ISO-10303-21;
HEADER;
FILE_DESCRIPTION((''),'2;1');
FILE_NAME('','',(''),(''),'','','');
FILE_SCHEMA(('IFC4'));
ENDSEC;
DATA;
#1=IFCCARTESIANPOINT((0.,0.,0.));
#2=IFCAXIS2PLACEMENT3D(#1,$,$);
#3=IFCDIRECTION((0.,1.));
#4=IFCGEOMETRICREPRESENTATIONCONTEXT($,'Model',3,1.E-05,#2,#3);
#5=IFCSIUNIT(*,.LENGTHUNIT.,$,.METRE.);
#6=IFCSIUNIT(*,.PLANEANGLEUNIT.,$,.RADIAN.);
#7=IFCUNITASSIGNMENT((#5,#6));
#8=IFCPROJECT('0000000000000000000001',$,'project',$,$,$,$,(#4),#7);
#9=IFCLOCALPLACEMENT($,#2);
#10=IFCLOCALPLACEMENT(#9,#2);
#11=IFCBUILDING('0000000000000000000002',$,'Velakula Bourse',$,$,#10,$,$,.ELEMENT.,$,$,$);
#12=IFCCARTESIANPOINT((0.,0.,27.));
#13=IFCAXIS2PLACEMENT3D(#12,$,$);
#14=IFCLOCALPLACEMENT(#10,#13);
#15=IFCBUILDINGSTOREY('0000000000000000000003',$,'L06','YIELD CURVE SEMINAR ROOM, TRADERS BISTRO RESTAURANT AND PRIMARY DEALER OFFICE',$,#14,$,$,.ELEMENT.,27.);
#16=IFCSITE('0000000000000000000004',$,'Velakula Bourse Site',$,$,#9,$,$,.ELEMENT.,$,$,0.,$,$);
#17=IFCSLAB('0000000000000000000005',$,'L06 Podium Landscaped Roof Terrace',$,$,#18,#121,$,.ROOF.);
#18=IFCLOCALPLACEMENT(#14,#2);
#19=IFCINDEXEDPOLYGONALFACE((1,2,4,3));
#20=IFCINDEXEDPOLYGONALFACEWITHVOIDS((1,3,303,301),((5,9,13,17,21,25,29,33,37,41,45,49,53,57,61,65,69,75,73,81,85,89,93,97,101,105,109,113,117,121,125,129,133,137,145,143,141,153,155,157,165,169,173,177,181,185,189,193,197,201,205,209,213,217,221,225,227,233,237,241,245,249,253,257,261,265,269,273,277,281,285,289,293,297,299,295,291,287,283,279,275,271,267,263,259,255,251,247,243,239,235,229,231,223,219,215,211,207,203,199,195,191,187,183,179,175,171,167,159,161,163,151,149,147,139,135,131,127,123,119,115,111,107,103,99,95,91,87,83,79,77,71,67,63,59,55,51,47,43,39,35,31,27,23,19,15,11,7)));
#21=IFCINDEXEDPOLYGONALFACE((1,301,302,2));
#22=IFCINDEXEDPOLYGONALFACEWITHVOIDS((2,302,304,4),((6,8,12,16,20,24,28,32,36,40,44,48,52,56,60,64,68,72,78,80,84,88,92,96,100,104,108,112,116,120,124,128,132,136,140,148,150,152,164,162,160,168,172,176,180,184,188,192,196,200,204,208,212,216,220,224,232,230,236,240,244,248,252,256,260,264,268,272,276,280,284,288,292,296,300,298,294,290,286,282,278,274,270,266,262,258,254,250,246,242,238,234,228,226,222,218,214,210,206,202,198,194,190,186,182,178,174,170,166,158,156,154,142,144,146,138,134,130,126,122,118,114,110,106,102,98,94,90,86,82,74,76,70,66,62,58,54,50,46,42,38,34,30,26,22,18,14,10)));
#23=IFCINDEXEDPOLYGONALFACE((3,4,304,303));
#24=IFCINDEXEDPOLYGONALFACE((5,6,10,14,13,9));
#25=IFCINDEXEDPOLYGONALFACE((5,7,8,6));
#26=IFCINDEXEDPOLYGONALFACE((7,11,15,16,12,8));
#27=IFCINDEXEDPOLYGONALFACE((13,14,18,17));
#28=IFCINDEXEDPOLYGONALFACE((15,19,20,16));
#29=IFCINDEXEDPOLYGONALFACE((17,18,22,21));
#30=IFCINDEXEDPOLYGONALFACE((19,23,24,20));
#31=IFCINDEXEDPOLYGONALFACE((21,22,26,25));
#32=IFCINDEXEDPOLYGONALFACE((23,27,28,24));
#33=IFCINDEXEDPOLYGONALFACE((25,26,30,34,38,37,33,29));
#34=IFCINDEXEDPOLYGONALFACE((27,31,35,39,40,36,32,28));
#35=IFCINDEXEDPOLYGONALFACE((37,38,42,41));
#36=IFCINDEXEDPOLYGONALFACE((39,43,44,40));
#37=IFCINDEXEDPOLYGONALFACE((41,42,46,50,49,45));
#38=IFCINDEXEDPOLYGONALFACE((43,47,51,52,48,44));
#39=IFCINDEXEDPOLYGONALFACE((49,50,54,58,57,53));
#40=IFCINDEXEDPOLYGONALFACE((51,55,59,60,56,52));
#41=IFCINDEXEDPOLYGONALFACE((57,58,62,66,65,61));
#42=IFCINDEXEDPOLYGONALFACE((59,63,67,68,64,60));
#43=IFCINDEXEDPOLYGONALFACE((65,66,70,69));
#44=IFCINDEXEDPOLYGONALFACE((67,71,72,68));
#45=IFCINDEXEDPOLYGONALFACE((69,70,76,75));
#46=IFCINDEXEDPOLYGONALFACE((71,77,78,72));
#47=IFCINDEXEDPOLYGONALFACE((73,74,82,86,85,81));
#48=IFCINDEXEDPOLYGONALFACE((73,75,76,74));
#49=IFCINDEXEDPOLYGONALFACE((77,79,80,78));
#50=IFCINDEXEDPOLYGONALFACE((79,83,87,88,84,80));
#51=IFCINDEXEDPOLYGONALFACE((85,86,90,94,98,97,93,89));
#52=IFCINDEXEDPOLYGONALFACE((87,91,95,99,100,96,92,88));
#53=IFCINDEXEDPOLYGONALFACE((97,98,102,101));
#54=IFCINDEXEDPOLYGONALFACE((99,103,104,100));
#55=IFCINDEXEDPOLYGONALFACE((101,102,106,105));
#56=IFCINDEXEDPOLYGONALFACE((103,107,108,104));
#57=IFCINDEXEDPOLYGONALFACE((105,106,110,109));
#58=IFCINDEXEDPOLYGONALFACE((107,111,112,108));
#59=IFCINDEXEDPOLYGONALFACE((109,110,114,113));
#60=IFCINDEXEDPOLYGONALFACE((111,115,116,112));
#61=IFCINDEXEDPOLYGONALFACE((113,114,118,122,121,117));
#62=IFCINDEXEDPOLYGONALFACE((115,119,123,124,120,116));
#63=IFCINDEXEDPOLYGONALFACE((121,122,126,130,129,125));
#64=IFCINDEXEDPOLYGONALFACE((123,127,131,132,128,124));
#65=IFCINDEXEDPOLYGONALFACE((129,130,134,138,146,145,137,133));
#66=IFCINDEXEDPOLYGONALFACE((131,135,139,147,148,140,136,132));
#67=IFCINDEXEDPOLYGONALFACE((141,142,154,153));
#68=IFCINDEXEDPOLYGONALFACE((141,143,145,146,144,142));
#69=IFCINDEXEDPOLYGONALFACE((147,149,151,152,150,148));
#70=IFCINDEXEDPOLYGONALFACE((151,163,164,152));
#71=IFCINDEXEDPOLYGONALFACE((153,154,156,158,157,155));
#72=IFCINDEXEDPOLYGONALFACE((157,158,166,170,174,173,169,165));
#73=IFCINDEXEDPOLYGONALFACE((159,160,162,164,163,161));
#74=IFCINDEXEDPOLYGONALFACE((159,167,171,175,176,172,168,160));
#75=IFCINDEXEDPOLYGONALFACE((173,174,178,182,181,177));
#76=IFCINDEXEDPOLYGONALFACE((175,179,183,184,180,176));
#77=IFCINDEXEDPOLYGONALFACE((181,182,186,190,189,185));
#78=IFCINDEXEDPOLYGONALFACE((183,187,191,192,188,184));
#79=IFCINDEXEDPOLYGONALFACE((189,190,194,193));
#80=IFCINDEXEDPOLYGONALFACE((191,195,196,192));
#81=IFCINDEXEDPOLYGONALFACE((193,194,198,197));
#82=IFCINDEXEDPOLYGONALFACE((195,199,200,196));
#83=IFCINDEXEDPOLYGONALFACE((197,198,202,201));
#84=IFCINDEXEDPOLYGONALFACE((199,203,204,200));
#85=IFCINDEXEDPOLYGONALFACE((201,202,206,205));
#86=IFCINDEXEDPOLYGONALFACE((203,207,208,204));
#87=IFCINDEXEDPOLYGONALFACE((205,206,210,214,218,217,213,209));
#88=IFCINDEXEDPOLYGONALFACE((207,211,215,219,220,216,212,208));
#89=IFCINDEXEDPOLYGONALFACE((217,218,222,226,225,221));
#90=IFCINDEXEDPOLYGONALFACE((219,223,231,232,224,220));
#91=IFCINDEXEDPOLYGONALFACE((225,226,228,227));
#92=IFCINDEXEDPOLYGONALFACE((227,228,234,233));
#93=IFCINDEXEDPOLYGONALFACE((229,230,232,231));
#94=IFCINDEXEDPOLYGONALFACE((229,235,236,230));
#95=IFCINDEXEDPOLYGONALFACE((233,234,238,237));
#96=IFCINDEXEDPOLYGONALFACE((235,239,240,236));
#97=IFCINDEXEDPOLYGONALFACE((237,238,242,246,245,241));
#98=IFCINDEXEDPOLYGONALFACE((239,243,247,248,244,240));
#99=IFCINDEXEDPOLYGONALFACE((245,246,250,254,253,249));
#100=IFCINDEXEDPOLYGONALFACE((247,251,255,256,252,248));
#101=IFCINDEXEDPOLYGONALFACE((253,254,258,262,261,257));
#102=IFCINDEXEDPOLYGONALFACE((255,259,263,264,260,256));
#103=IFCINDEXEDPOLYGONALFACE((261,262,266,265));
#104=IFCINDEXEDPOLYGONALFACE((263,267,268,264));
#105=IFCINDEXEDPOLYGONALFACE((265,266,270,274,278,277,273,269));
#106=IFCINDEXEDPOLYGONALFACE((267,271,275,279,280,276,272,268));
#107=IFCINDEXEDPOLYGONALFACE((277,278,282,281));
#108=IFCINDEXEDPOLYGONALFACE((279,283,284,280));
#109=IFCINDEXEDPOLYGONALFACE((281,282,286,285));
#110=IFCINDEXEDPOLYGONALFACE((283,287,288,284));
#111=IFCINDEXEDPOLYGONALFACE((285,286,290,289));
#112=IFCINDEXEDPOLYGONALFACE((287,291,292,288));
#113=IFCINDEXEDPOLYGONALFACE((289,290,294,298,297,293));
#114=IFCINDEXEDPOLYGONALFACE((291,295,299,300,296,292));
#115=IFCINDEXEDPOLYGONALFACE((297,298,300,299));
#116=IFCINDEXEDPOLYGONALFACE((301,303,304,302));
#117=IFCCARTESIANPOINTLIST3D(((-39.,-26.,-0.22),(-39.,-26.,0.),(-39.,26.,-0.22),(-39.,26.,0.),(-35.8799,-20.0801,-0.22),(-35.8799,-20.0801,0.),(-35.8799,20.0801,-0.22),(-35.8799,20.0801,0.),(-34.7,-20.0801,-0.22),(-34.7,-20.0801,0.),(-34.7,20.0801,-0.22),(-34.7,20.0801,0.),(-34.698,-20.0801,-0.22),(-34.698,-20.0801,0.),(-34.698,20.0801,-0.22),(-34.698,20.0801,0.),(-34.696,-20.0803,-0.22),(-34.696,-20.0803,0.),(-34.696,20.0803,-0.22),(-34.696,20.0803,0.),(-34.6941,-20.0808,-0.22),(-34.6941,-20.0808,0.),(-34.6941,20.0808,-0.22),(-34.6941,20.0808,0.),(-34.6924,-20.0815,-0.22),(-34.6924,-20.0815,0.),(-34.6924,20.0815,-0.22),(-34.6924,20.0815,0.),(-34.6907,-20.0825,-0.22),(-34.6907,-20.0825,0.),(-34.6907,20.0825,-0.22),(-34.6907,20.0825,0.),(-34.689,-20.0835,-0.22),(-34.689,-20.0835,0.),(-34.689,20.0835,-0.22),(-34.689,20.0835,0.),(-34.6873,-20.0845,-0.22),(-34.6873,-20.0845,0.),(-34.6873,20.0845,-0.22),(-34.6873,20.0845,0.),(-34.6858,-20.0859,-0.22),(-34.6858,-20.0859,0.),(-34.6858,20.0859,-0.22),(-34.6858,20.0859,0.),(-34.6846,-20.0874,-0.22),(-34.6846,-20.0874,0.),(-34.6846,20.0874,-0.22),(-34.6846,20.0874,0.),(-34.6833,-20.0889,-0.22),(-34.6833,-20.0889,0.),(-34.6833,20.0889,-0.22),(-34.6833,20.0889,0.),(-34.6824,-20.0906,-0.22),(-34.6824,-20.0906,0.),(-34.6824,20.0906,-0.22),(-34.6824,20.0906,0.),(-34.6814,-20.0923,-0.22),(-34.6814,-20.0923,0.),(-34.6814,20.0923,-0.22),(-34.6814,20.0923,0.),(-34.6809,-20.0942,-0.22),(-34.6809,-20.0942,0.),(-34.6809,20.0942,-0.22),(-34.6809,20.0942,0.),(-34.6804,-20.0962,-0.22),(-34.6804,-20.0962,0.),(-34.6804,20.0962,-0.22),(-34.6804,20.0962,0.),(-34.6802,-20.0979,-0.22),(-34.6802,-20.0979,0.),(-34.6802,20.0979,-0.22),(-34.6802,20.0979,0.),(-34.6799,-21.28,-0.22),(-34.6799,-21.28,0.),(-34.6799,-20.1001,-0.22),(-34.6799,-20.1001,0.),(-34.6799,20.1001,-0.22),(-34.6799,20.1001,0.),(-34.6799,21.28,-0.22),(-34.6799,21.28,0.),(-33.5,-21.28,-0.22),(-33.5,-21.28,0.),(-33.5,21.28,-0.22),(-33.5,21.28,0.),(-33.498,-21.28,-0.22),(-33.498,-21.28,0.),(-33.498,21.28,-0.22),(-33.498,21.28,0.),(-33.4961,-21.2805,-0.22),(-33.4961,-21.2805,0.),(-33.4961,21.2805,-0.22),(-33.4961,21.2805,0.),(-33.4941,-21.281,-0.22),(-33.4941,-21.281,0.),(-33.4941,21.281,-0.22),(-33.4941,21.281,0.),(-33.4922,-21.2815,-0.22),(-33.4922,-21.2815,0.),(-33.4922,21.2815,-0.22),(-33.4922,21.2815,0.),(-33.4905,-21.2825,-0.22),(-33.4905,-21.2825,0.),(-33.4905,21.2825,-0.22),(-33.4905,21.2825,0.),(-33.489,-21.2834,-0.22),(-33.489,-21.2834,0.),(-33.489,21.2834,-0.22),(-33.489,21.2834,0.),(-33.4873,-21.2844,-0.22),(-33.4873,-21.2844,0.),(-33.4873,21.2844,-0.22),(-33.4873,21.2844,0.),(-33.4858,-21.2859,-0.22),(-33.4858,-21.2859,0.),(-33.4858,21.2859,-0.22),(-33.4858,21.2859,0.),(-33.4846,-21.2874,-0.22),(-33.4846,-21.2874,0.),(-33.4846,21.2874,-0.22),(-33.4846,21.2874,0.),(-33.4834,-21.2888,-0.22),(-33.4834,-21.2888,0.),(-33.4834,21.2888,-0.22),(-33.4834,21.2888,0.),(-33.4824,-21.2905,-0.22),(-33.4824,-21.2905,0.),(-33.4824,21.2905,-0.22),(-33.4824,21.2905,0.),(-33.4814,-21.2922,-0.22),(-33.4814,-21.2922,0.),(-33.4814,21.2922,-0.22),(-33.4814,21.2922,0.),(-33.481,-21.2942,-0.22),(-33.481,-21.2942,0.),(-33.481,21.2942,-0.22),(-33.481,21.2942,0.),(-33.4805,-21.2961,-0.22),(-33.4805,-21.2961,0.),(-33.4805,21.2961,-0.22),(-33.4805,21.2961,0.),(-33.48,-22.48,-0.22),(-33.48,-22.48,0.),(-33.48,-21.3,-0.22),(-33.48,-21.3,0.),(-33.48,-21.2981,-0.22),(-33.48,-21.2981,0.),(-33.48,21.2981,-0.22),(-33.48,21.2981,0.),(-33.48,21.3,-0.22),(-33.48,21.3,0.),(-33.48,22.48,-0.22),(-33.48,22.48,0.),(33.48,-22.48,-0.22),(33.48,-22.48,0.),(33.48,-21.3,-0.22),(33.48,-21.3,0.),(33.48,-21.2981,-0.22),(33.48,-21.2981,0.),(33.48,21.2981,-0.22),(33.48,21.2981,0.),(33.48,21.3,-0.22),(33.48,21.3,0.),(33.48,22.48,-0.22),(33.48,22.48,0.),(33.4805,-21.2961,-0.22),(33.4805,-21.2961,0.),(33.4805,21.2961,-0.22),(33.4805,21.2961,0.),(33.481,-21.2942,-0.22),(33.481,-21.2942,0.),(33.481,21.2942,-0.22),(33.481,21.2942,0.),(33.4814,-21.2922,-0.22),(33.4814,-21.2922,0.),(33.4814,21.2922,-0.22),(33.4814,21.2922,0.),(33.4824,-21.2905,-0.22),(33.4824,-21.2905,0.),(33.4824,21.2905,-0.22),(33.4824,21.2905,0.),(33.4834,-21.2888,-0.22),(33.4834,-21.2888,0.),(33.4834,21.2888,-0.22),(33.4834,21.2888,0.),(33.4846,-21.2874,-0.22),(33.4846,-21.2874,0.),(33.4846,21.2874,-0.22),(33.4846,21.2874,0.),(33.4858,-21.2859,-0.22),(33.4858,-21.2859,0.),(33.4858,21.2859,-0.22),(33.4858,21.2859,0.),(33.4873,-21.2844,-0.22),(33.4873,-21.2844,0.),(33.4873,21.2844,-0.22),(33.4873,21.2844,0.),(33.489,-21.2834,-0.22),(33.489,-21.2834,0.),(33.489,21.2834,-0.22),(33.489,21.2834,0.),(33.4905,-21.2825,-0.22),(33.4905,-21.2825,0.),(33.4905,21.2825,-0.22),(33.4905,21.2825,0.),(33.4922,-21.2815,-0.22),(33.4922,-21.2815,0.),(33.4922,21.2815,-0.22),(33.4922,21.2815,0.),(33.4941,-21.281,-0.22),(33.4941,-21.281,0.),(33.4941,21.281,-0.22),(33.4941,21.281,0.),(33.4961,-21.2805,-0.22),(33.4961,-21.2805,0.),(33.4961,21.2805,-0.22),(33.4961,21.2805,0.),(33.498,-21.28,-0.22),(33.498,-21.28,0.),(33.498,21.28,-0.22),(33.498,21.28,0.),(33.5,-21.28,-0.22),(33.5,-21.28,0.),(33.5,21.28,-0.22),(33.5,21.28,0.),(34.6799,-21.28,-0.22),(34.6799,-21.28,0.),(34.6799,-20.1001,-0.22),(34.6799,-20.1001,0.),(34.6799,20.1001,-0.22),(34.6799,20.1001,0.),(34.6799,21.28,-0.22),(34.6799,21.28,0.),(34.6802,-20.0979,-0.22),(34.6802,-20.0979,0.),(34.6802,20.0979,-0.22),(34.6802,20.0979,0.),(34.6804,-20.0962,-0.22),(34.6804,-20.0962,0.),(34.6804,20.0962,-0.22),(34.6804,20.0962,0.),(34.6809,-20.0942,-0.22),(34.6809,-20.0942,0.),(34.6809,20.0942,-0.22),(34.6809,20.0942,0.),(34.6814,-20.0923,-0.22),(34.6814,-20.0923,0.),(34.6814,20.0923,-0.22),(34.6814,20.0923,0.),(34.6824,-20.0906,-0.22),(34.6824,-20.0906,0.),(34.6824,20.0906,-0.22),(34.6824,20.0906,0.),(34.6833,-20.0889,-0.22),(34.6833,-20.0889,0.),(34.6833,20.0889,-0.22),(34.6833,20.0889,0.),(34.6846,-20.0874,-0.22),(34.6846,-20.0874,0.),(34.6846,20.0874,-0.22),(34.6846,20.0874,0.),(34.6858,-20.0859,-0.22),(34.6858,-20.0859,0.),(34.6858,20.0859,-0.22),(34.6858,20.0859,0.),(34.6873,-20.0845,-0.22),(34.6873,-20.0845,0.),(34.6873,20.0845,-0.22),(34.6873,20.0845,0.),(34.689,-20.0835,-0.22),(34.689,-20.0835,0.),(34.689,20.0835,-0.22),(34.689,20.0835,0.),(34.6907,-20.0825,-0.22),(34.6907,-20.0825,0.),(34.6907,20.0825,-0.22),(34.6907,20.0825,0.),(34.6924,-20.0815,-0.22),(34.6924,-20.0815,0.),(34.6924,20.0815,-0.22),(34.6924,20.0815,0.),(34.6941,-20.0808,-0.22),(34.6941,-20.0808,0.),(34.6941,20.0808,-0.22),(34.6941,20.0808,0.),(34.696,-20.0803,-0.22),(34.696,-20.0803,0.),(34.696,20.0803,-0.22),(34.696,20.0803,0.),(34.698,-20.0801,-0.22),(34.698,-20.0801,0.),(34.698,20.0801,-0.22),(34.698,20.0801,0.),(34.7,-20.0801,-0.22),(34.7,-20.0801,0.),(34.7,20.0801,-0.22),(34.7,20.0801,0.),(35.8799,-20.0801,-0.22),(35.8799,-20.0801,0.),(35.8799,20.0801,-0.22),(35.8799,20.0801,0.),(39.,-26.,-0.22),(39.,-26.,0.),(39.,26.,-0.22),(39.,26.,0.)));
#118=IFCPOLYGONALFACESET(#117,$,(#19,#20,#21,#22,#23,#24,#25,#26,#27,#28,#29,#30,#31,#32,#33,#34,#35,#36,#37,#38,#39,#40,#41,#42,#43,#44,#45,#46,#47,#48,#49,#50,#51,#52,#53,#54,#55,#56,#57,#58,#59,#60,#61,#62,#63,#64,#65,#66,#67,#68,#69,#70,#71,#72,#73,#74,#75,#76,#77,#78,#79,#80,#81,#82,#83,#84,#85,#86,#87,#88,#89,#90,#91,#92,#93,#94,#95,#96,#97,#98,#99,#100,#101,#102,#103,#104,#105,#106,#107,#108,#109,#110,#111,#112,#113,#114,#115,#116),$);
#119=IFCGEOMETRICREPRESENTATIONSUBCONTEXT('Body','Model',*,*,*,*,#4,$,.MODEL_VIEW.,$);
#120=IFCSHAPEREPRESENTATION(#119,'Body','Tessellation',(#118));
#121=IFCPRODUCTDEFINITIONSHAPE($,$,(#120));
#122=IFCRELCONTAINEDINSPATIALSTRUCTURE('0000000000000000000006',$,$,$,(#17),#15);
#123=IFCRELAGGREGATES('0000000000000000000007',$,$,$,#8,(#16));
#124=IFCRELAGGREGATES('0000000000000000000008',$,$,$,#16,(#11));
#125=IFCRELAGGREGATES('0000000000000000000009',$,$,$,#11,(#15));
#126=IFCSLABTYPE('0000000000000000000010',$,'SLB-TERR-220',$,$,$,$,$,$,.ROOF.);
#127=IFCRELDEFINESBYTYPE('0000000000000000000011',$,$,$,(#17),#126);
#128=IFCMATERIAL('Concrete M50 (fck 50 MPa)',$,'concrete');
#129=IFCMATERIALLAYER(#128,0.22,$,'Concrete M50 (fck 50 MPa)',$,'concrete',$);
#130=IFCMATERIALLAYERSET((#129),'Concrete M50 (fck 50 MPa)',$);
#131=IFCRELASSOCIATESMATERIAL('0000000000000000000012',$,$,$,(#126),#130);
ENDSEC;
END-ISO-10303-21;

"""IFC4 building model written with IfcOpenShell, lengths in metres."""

from ifc_helpers import new_model, si_unit, direction, frame, origin, place, context, subcontext, project, spatial, polyline, outline, extrude, material, layer, layer_set, type_object, element, save


model = new_model("IFC4")

# Units and contexts
model_context = context("Model", 3, precision=1e-05, world=origin(), true_north=direction((0.0, 1.0)))
body_context = subcontext(model_context, "Body", "Model", "MODEL_VIEW")
ifc_project = project(units=[si_unit("LENGTHUNIT", "METRE"), si_unit("PLANEANGLEUNIT", "RADIAN")], contexts=[model_context])

# Site, building, storey
site_placement = place(None, origin())
site = spatial("IfcSite", under=ifc_project, at=site_placement, Name="Velakula Bourse Site", CompositionType="ELEMENT", RefElevation=0.0)
building_placement = place(site_placement, origin())
building = spatial("IfcBuilding", under=site, at=building_placement, Name="Velakula Bourse", CompositionType="ELEMENT")
storey_placement = place(building_placement, frame((0.0, 0.0, 27.0)))
storey = spatial("IfcBuildingStorey", under=building, at=storey_placement, Name="L06", Description="YIELD CURVE SEMINAR ROOM, TRADERS BISTRO RESTAURANT AND PRIMARY DEALER OFFICE", CompositionType="ELEMENT", Elevation=27.0)

# Slab
ifc_material_1 = material(Name="Concrete M50 (fck 50 MPa)", Category="concrete")
ifc_layer_1 = layer(ifc_material_1, 0.22, Name="Concrete M50 (fck 50 MPa)", Category="concrete")
ifc_layer_set_1 = layer_set([ifc_layer_1], Name="Concrete M50 (fck 50 MPa)")
slab_type_1 = type_object("IfcSlabType", Name="SLB-TERR-220", PredefinedType="ROOF", material=ifc_layer_set_1)
slab_1_placement = place(storey_placement, frame((0.0, 0.0, -0.22)))
element("IfcSlab", 1, at=slab_1_placement, inside=storey, type_object=slab_type_1, Name="L06 Podium Landscaped Roof Terrace", PredefinedType="ROOF", context=body_context, shape_type="SweptSolid", body=[
    extrude(outline(polyline([(-39.0, 26.0), (39.0, 26.0), (39.0, -26.0), (-39.0, -26.0), (-39.0, 26.0)]), holes=[polyline([(33.48, -22.48), (33.48, -21.3), (33.48, -21.2981), (33.4805, -21.2961), (33.481, -21.2942), (33.4814, -21.2922), (33.4824, -21.2905), (33.4834, -21.2888), (33.4846, -21.2874), (33.4858, -21.2859), (33.4873, -21.2844), (33.489, -21.2834), (33.4905, -21.2825), (33.4922, -21.2815), (33.4941, -21.281), (33.4961, -21.2805), (33.498, -21.28), (33.5, -21.28), (34.6799, -21.28), (34.6799, -20.1001), (34.6802, -20.0979), (34.6804, -20.0962), (34.6809, -20.0942), (34.6814, -20.0923), (34.6824, -20.0906), (34.6833, -20.0889), (34.6846, -20.0874), (34.6858, -20.0859), (34.6873, -20.0845), (34.689, -20.0835), (34.6907, -20.0825), (34.6924, -20.0815), (34.6941, -20.0808), (34.696, -20.0803), (34.698, -20.0801), (34.7, -20.0801), (35.8799, -20.0801), (35.8799, 20.0801), (34.7, 20.0801), (34.698, 20.0801), (34.696, 20.0803), (34.6941, 20.0808), (34.6924, 20.0815), (34.6907, 20.0825), (34.689, 20.0835), (34.6873, 20.0845), (34.6858, 20.0859), (34.6846, 20.0874), (34.6833, 20.0889), (34.6824, 20.0906), (34.6814, 20.0923), (34.6809, 20.0942), (34.6804, 20.0962), (34.6802, 20.0979), (34.6799, 20.1001), (34.6799, 21.28), (33.5, 21.28), (33.498, 21.28), (33.4961, 21.2805), (33.4941, 21.281), (33.4922, 21.2815), (33.4905, 21.2825), (33.489, 21.2834), (33.4873, 21.2844), (33.4858, 21.2859), (33.4846, 21.2874), (33.4834, 21.2888), (33.4824, 21.2905), (33.4814, 21.2922), (33.481, 21.2942), (33.4805, 21.2961), (33.48, 21.2981), (33.48, 21.3), (33.48, 22.48), (-33.48, 22.48), (-33.48, 21.3), (-33.48, 21.2981), (-33.4805, 21.2961), (-33.481, 21.2942), (-33.4814, 21.2922), (-33.4824, 21.2905), (-33.4834, 21.2888), (-33.4846, 21.2874), (-33.4858, 21.2859), (-33.4873, 21.2844), (-33.489, 21.2834), (-33.4905, 21.2825), (-33.4922, 21.2815), (-33.4941, 21.281), (-33.4961, 21.2805), (-33.498, 21.28), (-33.5, 21.28), (-34.6799, 21.28), (-34.6799, 20.1001), (-34.6802, 20.0979), (-34.6804, 20.0962), (-34.6809, 20.0942), (-34.6814, 20.0923), (-34.6824, 20.0906), (-34.6833, 20.0889), (-34.6846, 20.0874), (-34.6858, 20.0859), (-34.6873, 20.0845), (-34.689, 20.0835), (-34.6907, 20.0825), (-34.6924, 20.0815), (-34.6941, 20.0808), (-34.696, 20.0803), (-34.698, 20.0801), (-34.7, 20.0801), (-35.8799, 20.0801), (-35.8799, -20.0801), (-34.7, -20.0801), (-34.698, -20.0801), (-34.696, -20.0803), (-34.6941, -20.0808), (-34.6924, -20.0815), (-34.6907, -20.0825), (-34.689, -20.0835), (-34.6873, -20.0845), (-34.6858, -20.0859), (-34.6846, -20.0874), (-34.6833, -20.0889), (-34.6824, -20.0906), (-34.6814, -20.0923), (-34.6809, -20.0942), (-34.6804, -20.0962), (-34.6802, -20.0979), (-34.6799, -20.1001), (-34.6799, -21.28), (-33.5, -21.28), (-33.498, -21.28), (-33.4961, -21.2805), (-33.4941, -21.281), (-33.4922, -21.2815), (-33.4905, -21.2825), (-33.489, -21.2834), (-33.4873, -21.2844), (-33.4858, -21.2859), (-33.4846, -21.2874), (-33.4834, -21.2888), (-33.4824, -21.2905), (-33.4814, -21.2922), (-33.481, -21.2942), (-33.4805, -21.2961), (-33.48, -21.2981), (-33.48, -21.3), (-33.48, -22.48), (33.48, -22.48)])]), origin(), (0.0, 0.0, 1.0), 0.22),
])

save(model, "model.ifc")
